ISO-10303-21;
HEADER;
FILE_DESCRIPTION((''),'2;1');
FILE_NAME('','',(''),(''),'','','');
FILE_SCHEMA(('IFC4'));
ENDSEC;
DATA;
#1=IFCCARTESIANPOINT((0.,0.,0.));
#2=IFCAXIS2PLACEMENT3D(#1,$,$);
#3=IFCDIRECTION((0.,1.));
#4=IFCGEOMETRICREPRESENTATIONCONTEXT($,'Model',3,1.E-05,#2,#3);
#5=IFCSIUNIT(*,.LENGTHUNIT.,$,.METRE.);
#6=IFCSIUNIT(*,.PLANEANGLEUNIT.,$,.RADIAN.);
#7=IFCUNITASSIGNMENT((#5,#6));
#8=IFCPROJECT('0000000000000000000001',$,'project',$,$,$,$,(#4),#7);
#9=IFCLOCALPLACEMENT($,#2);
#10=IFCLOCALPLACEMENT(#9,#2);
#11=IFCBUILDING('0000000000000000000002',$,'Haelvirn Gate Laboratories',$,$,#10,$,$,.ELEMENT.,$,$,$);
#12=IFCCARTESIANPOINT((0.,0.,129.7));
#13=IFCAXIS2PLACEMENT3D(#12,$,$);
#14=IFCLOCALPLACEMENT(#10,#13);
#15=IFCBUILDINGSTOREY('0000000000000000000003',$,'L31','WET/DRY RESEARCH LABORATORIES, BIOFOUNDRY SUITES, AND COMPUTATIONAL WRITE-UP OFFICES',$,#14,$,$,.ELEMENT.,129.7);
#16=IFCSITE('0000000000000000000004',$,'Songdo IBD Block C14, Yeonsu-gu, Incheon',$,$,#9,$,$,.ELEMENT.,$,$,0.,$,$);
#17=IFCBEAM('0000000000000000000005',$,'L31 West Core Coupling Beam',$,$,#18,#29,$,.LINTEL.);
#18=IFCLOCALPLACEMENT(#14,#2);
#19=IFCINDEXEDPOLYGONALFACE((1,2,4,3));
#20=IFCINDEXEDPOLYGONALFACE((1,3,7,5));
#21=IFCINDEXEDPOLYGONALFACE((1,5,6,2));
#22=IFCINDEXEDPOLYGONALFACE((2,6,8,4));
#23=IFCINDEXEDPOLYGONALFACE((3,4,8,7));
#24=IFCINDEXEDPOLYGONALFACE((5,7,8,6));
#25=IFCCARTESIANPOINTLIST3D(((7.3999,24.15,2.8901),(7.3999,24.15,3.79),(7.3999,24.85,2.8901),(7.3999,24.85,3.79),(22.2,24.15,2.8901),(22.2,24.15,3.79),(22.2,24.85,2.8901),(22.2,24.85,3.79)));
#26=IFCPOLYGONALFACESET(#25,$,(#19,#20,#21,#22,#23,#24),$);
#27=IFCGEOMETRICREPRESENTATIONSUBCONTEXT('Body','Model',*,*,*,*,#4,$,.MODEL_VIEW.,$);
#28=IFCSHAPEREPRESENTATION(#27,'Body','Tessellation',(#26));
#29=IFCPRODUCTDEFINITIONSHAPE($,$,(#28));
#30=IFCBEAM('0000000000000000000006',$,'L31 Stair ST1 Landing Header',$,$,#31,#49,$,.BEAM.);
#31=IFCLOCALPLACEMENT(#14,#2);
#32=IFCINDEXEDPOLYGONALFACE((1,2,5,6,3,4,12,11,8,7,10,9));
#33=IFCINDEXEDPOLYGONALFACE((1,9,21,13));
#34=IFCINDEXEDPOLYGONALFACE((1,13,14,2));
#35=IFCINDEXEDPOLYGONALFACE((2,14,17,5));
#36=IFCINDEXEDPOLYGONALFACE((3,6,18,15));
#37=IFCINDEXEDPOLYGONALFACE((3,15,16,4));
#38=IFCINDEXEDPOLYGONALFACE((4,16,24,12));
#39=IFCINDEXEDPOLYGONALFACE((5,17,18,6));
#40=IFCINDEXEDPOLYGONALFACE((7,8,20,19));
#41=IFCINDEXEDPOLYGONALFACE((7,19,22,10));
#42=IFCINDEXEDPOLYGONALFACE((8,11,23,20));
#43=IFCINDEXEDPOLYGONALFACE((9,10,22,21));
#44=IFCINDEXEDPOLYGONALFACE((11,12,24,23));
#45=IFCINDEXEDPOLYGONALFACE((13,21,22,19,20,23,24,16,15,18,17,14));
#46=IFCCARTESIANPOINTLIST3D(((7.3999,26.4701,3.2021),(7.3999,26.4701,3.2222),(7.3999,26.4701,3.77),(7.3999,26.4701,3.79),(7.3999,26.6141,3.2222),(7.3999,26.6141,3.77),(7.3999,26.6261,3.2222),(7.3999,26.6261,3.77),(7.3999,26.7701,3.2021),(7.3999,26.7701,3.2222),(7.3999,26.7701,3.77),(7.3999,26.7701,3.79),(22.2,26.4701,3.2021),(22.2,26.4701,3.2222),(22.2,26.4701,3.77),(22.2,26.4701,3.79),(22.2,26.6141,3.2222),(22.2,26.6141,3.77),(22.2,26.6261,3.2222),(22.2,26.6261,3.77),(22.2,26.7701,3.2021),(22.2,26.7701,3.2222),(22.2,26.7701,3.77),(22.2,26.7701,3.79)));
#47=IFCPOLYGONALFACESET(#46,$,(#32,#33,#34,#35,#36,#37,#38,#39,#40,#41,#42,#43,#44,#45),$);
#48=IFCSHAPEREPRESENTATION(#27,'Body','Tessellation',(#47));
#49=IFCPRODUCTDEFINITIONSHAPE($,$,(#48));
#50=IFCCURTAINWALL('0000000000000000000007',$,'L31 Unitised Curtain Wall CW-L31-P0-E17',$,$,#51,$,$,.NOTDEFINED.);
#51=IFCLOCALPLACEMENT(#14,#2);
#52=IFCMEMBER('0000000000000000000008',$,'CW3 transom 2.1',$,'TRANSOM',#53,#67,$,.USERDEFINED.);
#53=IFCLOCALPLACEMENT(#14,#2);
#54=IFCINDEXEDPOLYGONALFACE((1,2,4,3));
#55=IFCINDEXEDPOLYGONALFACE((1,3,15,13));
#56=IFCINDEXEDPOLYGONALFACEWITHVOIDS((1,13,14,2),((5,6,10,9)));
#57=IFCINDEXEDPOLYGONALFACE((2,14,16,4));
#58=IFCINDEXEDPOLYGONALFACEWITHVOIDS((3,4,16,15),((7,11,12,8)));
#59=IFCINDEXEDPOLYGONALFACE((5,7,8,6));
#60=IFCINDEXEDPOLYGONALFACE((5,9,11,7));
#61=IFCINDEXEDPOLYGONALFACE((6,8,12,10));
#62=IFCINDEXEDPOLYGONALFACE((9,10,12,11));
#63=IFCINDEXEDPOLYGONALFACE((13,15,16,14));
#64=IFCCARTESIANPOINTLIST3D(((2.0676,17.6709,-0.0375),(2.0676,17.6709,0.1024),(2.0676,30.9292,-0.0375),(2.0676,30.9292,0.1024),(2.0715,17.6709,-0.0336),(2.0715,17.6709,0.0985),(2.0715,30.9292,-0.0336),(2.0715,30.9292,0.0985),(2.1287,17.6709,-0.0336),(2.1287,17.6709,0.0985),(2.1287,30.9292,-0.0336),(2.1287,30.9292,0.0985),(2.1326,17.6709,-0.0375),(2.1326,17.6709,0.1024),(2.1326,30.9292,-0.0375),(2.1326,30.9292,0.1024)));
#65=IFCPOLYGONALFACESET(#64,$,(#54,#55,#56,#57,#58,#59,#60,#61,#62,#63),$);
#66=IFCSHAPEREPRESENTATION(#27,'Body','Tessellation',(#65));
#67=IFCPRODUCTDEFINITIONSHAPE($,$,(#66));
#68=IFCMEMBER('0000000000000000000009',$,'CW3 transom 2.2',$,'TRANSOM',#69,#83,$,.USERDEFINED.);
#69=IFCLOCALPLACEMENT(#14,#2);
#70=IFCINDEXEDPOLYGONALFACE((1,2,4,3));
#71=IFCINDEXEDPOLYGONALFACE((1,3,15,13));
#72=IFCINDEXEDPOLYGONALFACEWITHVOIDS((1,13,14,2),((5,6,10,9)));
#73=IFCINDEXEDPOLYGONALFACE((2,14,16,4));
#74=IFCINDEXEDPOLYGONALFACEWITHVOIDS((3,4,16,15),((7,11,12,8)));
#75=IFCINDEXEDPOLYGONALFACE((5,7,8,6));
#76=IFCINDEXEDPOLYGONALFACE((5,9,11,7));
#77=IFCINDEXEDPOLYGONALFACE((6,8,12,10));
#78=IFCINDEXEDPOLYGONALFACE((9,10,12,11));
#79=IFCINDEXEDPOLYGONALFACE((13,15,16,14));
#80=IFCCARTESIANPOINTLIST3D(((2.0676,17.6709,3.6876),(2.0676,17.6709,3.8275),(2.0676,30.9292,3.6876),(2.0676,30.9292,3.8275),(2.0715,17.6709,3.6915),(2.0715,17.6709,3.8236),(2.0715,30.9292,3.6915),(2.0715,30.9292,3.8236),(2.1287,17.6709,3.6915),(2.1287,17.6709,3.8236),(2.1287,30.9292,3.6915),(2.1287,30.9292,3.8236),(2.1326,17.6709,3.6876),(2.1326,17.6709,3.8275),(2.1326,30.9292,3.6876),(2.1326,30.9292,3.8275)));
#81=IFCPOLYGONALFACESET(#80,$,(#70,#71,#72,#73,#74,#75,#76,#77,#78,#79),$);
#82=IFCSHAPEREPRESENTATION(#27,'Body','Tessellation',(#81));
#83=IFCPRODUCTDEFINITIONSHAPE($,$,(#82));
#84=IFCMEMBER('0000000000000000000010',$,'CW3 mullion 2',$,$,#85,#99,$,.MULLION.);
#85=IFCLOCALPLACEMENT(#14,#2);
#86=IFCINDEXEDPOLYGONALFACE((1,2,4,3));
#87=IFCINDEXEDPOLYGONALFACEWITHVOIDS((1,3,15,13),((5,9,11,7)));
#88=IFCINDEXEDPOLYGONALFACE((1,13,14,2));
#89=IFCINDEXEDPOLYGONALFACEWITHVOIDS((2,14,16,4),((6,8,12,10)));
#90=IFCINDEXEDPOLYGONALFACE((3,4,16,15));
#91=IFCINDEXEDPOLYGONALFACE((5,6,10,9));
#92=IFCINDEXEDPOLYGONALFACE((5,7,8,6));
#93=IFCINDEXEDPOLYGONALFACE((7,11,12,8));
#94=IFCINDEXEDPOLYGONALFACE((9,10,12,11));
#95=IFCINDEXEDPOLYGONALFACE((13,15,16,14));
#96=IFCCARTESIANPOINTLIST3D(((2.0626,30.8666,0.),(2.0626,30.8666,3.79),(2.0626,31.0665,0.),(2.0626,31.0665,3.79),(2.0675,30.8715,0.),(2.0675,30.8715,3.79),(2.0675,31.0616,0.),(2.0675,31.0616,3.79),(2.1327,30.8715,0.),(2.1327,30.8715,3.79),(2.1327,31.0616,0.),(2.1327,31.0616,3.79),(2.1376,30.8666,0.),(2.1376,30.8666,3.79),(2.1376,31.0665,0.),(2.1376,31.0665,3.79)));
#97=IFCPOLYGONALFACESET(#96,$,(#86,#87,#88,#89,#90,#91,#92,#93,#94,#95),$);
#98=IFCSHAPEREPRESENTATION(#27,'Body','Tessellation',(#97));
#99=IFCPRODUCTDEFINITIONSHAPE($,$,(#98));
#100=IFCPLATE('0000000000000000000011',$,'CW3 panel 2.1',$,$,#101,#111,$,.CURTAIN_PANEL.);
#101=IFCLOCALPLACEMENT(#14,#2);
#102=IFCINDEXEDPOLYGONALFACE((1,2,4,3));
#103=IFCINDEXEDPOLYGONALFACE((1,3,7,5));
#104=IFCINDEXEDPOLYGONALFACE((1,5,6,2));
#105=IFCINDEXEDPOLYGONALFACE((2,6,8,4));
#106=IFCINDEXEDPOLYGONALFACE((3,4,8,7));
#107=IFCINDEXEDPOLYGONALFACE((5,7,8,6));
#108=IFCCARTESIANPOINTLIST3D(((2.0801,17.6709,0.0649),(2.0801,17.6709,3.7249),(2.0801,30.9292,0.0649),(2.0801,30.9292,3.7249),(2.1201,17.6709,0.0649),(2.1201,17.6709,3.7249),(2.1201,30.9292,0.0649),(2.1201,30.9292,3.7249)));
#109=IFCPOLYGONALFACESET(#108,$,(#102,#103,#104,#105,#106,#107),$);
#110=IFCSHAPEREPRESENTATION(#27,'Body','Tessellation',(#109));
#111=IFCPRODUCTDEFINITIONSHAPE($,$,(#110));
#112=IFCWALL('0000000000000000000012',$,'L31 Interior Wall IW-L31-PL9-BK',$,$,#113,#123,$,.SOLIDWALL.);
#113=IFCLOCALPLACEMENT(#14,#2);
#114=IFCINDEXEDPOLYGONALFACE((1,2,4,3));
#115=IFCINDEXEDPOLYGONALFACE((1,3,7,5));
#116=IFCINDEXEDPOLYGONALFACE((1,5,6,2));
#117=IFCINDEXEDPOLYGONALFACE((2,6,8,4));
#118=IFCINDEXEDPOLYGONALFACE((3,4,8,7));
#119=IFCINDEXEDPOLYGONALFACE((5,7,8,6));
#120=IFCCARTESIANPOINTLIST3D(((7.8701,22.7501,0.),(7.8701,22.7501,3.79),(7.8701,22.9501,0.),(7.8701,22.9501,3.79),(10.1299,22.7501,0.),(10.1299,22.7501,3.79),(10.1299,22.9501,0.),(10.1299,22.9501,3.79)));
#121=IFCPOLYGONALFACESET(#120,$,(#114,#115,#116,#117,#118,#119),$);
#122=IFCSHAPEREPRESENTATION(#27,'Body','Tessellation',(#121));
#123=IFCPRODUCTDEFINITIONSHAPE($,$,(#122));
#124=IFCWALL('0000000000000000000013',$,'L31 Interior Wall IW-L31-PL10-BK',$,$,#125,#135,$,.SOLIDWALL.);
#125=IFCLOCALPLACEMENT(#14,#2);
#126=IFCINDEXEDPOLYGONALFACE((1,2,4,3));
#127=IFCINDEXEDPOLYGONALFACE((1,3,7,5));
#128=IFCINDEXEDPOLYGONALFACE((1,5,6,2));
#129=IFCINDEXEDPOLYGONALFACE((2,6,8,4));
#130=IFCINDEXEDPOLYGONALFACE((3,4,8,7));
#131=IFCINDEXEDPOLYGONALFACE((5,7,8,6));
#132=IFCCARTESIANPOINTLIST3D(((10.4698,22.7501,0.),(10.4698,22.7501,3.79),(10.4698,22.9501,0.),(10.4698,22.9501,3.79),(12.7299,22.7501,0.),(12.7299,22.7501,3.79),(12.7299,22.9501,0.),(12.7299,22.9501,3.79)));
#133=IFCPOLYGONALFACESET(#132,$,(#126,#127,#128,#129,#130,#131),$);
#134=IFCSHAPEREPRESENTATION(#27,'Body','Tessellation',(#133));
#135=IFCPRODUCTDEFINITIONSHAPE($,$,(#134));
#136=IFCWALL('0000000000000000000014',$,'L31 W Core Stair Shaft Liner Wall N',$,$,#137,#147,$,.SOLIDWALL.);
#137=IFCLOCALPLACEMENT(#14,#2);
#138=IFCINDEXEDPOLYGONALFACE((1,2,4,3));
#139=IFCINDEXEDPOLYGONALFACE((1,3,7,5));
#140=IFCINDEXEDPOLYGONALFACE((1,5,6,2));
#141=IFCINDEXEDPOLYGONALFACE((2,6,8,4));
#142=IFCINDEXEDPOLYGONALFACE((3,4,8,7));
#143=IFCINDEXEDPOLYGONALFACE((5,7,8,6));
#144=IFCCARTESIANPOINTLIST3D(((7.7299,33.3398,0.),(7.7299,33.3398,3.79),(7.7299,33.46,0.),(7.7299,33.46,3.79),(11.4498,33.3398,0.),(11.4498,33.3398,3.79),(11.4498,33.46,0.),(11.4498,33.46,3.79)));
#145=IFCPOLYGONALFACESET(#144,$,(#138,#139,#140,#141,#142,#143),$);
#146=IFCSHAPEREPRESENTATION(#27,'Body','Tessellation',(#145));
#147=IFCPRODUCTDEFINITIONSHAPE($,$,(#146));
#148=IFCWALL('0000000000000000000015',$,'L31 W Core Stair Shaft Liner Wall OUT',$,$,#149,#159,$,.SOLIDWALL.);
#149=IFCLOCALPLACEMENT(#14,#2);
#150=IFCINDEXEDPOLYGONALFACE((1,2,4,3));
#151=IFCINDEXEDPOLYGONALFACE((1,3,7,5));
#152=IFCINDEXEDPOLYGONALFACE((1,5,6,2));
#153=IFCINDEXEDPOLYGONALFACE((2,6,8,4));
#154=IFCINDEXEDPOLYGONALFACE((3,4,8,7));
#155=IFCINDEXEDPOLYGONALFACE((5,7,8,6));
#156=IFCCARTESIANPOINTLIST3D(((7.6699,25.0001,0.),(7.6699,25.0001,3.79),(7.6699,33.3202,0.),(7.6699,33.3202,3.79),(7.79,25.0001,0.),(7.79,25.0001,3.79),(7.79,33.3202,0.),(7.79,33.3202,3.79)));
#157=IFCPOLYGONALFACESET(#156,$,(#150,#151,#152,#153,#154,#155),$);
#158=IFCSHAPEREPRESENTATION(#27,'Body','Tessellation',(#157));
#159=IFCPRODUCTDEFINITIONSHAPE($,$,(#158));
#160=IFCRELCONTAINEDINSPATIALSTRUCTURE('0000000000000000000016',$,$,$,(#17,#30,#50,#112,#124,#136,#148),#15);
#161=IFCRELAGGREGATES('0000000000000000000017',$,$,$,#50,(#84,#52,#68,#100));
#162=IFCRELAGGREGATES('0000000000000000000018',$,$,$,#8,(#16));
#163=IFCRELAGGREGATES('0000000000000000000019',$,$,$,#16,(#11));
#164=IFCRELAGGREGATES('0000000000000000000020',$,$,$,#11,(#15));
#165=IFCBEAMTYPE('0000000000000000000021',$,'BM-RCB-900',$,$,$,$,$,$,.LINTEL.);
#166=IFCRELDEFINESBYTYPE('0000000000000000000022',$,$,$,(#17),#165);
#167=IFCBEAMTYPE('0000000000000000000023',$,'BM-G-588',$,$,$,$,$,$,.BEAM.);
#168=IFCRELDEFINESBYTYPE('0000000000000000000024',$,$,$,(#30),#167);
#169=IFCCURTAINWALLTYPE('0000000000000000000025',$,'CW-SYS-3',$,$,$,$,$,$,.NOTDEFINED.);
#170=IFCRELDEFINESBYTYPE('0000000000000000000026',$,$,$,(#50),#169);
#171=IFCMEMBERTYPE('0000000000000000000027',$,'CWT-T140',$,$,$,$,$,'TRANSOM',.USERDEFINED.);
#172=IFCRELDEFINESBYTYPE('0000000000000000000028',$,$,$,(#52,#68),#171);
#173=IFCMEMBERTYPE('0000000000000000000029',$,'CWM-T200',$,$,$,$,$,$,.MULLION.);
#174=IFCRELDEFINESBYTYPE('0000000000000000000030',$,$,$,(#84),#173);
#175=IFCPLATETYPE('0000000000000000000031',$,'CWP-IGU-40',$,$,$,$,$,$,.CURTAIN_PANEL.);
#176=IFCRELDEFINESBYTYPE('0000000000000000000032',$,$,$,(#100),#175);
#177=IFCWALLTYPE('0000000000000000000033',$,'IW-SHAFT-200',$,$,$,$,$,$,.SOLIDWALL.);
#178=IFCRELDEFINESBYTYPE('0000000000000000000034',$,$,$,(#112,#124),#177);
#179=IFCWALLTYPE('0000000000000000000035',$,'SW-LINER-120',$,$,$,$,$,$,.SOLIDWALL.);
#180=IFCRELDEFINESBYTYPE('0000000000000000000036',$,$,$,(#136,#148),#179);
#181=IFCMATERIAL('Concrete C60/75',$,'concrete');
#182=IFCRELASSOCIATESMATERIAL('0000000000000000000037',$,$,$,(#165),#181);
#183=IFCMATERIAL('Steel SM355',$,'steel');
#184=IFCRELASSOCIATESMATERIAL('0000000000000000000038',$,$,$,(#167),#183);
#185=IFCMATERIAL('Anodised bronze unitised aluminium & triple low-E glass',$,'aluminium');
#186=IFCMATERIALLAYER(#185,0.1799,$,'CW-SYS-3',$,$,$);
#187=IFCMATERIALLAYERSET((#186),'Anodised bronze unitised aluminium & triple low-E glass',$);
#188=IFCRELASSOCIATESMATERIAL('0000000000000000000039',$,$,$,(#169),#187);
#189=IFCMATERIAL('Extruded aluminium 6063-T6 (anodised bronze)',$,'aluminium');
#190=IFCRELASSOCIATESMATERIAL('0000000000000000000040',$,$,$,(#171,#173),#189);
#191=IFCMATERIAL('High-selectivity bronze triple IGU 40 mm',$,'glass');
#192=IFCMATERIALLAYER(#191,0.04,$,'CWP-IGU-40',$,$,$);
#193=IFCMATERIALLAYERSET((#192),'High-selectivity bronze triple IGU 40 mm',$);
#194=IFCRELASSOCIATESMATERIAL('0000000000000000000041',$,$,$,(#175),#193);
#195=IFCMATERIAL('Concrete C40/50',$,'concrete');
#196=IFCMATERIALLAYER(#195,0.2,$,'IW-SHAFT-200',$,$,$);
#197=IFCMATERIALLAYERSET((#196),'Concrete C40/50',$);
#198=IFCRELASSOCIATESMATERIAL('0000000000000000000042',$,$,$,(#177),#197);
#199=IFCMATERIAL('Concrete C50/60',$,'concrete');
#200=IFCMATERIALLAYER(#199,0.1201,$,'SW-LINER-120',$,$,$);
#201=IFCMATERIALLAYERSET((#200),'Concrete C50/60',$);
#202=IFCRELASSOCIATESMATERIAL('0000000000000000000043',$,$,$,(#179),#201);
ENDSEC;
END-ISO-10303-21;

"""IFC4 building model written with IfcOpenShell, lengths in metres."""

from ifc_helpers import new_model, si_unit, direction, frame, frame_2d, origin, origin_2d, place, context, subcontext, project, spatial, rectangle, hollow_rectangle, i_section, extrude, source, transform, mapped, material, layer, layer_set, material_profile, profile_set, type_object, type_shapes, element, aggregate, save


model = new_model("IFC4")

# Units and contexts
model_context = context("Model", 3, precision=1e-05, world=origin(), true_north=direction((0.0, 1.0)))
body_context = subcontext(model_context, "Body", "Model", "MODEL_VIEW")
ifc_project = project(units=[si_unit("LENGTHUNIT", "METRE"), si_unit("PLANEANGLEUNIT", "RADIAN")], contexts=[model_context])

# Site, building, storey
site_placement = place(None, origin())
site = spatial("IfcSite", under=ifc_project, at=site_placement, Name="Songdo IBD Block C14, Yeonsu-gu, Incheon", CompositionType="ELEMENT", RefElevation=0.0)
building_placement = place(site_placement, origin())
building = spatial("IfcBuilding", under=site, at=building_placement, Name="Haelvirn Gate Laboratories", CompositionType="ELEMENT")
storey_placement = place(building_placement, frame((0.0, 0.0, 129.7)))
storey = spatial("IfcBuildingStorey", under=building, at=storey_placement, Name="L31", Description="WET/DRY RESEARCH LABORATORIES, BIOFOUNDRY SUITES, AND COMPUTATIONAL WRITE-UP OFFICES", CompositionType="ELEMENT", Elevation=129.7)

# Beams
ifc_material_1 = material(Name="Concrete C60/75", Category="concrete")
ifc_material_profile_1 = material_profile(ifc_material_1, rectangle(XDim=0.7, YDim=0.8999, at=origin_2d()), Name="RCB-700x900")
ifc_profile_set_1 = profile_set([ifc_material_profile_1], Name="Concrete C60/75")
beam_type_1 = type_object("IfcBeamType", Name="BM-RCB-900", PredefinedType="LINTEL", material=ifc_profile_set_1)
shared_shape_1 = source(origin(), body_context, "Body", "SweptSolid", [
    extrude(rectangle(XDim=0.7, YDim=0.8999, at=origin_2d()), origin(), (0.0, 0.0, 1.0), 14.8),
])
type_shapes(beam_type_1, [shared_shape_1])
beam_1_placement = place(storey_placement, frame((7.3999, 24.5, 3.3401), z_axis=(1.0, 0.0, 0.0), x_axis=(0.0, 1.0, 0.0)))
element("IfcBeam", 1, at=beam_1_placement, inside=storey, type_object=beam_type_1, Name="L31 West Core Coupling Beam", PredefinedType="LINTEL", context=body_context, shape_type="MappedRepresentation", body=[
    mapped(shared_shape_1, transform((0.0, 0.0, 0.0), scale=1.0)),
])
ifc_material_2 = material(Name="Steel SM355", Category="steel")
ifc_material_profile_2 = material_profile(ifc_material_2, i_section(OverallWidth=0.3, OverallDepth=0.5879, WebThickness=0.012, FlangeThickness=0.02, at=origin_2d()), Name="H-588x300x12x20")
ifc_profile_set_2 = profile_set([ifc_material_profile_2], Name="Steel SM355")
beam_type_2 = type_object("IfcBeamType", Name="BM-G-588", PredefinedType="BEAM", material=ifc_profile_set_2)
shared_shape_2 = source(origin(), body_context, "Body", "SweptSolid", [
    extrude(i_section(OverallWidth=0.3, OverallDepth=0.5879, WebThickness=0.012, FlangeThickness=0.02, at=origin_2d()), origin(), (0.0, 0.0, 1.0), 14.8),
])
type_shapes(beam_type_2, [shared_shape_2])
beam_2_placement = place(storey_placement, frame((7.3999, 26.6201, 3.4961), z_axis=(1.0, 0.0, 0.0), x_axis=(0.0, 1.0, 0.0)))
element("IfcBeam", 2, at=beam_2_placement, inside=storey, type_object=beam_type_2, Name="L31 Stair ST1 Landing Header", PredefinedType="BEAM", context=body_context, shape_type="MappedRepresentation", body=[
    mapped(shared_shape_2, transform((0.0, 0.0, 0.0), scale=1.0)),
])

# Curtain wall, members, plate
ifc_material_3 = material(Name="Anodised bronze unitised aluminium & triple low-E glass", Category="aluminium")
ifc_layer_1 = layer(ifc_material_3, 0.1799, Name="CW-SYS-3")
ifc_layer_set_1 = layer_set([ifc_layer_1], Name="Anodised bronze unitised aluminium & triple low-E glass")
curtain_wall_type = type_object("IfcCurtainWallType", Name="CW-SYS-3", PredefinedType="NOTDEFINED", material=ifc_layer_set_1)
curtain_wall_placement = place(storey_placement, origin())
curtain_wall = element("IfcCurtainWall", 3, at=curtain_wall_placement, inside=storey, type_object=curtain_wall_type, Name="L31 Unitised Curtain Wall CW-L31-P0-E17", PredefinedType="NOTDEFINED")
ifc_material_4 = material(Name="Extruded aluminium 6063-T6 (anodised bronze)", Category="aluminium")
ifc_material_profile_3 = material_profile(ifc_material_4, hollow_rectangle(XDim=0.0649, YDim=0.1399, WallThickness=0.0039, at=origin_2d()), Name="CWT-140x65x4")
ifc_profile_set_3 = profile_set([ifc_material_profile_3], Name="Extruded aluminium 6063-T6 (anodised bronze)")
member_type_1 = type_object("IfcMemberType", Name="CWT-T140", ElementType="TRANSOM", PredefinedType="USERDEFINED", material=ifc_profile_set_3)
shared_shape_3 = source(origin(), body_context, "Body", "SweptSolid", [
    extrude(hollow_rectangle(XDim=0.0649, YDim=0.1399, WallThickness=0.0039, at=origin_2d()), origin(), (0.0, 0.0, 1.0), 13.2583),
])
type_shapes(member_type_1, [shared_shape_3])
member_1_placement = place(storey_placement, frame((2.1001, 30.9292, 0.0325), z_axis=(0.0, -1.0, 0.0), x_axis=(1.0, 0.0, 0.0)))
member_1 = element("IfcMember", 4, at=member_1_placement, type_object=member_type_1, Name="CW3 transom 2.1", ObjectType="TRANSOM", PredefinedType="USERDEFINED", context=body_context, shape_type="MappedRepresentation", body=[
    mapped(shared_shape_3, transform((0.0, 0.0, 0.0), scale=1.0)),
])
member_2_placement = place(storey_placement, frame((2.1001, 30.9292, 3.7576), z_axis=(0.0, -1.0, 0.0), x_axis=(1.0, 0.0, 0.0)))
member_2 = element("IfcMember", 5, at=member_2_placement, type_object=member_type_1, Name="CW3 transom 2.2", ObjectType="TRANSOM", PredefinedType="USERDEFINED", context=body_context, shape_type="MappedRepresentation", body=[
    mapped(shared_shape_3, transform((0.0, 0.0, 0.0), scale=1.0)),
])
ifc_material_profile_4 = material_profile(ifc_material_4, hollow_rectangle(XDim=0.075, YDim=0.2, WallThickness=0.0049, at=origin_2d()), Name="CWM-200x75x5")
ifc_profile_set_4 = profile_set([ifc_material_profile_4], Name="Extruded aluminium 6063-T6 (anodised bronze)")
member_type_2 = type_object("IfcMemberType", Name="CWM-T200", PredefinedType="MULLION", material=ifc_profile_set_4)
shared_shape_4 = source(origin(), body_context, "Body", "SweptSolid", [
    extrude(hollow_rectangle(XDim=0.075, YDim=0.2, WallThickness=0.0049, at=origin_2d()), origin(), (0.0, 0.0, 1.0), 3.79),
])
type_shapes(member_type_2, [shared_shape_4])
member_3_placement = place(storey_placement, frame((2.1001, 30.9666, 0.0), z_axis=(0.0, 0.0, 1.0), x_axis=(1.0, 0.0, 0.0)))
member_3 = element("IfcMember", 6, at=member_3_placement, type_object=member_type_2, Name="CW3 mullion 2", PredefinedType="MULLION", context=body_context, shape_type="MappedRepresentation", body=[
    mapped(shared_shape_4, transform((0.0, 0.0, 0.0), scale=1.0)),
])
ifc_material_5 = material(Name="High-selectivity bronze triple IGU 40 mm", Category="glass")
ifc_layer_2 = layer(ifc_material_5, 0.04, Name="CWP-IGU-40")
ifc_layer_set_2 = layer_set([ifc_layer_2], Name="High-selectivity bronze triple IGU 40 mm")
plate_type = type_object("IfcPlateType", Name="CWP-IGU-40", PredefinedType="CURTAIN_PANEL", material=ifc_layer_set_2)
shared_shape_5 = source(origin(), body_context, "Body", "SweptSolid", [
    extrude(rectangle(XDim=13.2583, YDim=0.04, at=origin_2d()), origin(), (0.0, 0.0, 1.0), 3.6599),
])
type_shapes(plate_type, [shared_shape_5])
plate_placement = place(storey_placement, frame((2.1001, 24.3, 0.0649), z_axis=(0.0, 0.0, 1.0), x_axis=(0.0, -1.0, 0.0)))
plate = element("IfcPlate", 7, at=plate_placement, type_object=plate_type, Name="CW3 panel 2.1", PredefinedType="CURTAIN_PANEL", context=body_context, shape_type="MappedRepresentation", body=[
    mapped(shared_shape_5, transform((0.0, 0.0, 0.0), scale=1.0)),
])
aggregate(curtain_wall, [member_3, member_1, member_2, plate])

# Walls
ifc_material_6 = material(Name="Concrete C40/50", Category="concrete")
ifc_layer_3 = layer(ifc_material_6, 0.2, Name="IW-SHAFT-200")
ifc_layer_set_3 = layer_set([ifc_layer_3], Name="Concrete C40/50")
wall_type_1 = type_object("IfcWallType", Name="IW-SHAFT-200", PredefinedType="SOLIDWALL", material=ifc_layer_set_3)
wall_1_placement = place(storey_placement, frame((7.8701, 22.8501, 0.0), z_axis=(0.0, 0.0, 1.0), x_axis=(1.0, 0.0, 0.0)))
element("IfcWall", 8, at=wall_1_placement, inside=storey, type_object=wall_type_1, Name="L31 Interior Wall IW-L31-PL9-BK", PredefinedType="SOLIDWALL", context=body_context, shape_type="SweptSolid", body=[
    extrude(rectangle(XDim=2.2598, YDim=0.2, at=frame_2d((1.1299, 0.0))), origin(), (0.0, 0.0, 1.0), 3.79),
])
wall_2_placement = place(storey_placement, frame((10.47, 22.8501, 0.0), z_axis=(0.0, 0.0, 1.0), x_axis=(1.0, 0.0, 0.0)))
element("IfcWall", 9, at=wall_2_placement, inside=storey, type_object=wall_type_1, Name="L31 Interior Wall IW-L31-PL10-BK", PredefinedType="SOLIDWALL", context=body_context, shape_type="SweptSolid", body=[
    extrude(rectangle(XDim=2.26, YDim=0.2, at=frame_2d((1.1299, 0.0))), origin(), (0.0, 0.0, 1.0), 3.79),
])

# Walls
ifc_material_7 = material(Name="Concrete C50/60", Category="concrete")
ifc_layer_4 = layer(ifc_material_7, 0.1201, Name="SW-LINER-120")
ifc_layer_set_4 = layer_set([ifc_layer_4], Name="Concrete C50/60")
wall_type_2 = type_object("IfcWallType", Name="SW-LINER-120", PredefinedType="SOLIDWALL", material=ifc_layer_set_4)
wall_3_placement = place(storey_placement, frame((7.73, 33.3999, 0.0), z_axis=(0.0, 0.0, 1.0), x_axis=(1.0, 0.0, 0.0)))
element("IfcWall", 10, at=wall_3_placement, inside=storey, type_object=wall_type_2, Name="L31 W Core Stair Shaft Liner Wall N", PredefinedType="SOLIDWALL", context=body_context, shape_type="SweptSolid", body=[
    extrude(rectangle(XDim=3.72, YDim=0.1201, at=frame_2d((1.8599, 0.0))), origin(), (0.0, 0.0, 1.0), 3.79),
])
wall_4_placement = place(storey_placement, frame((7.73, 25.0, 0.0), z_axis=(0.0, 0.0, 1.0), x_axis=(0.0, 1.0, 0.0)))
element("IfcWall", 11, at=wall_4_placement, inside=storey, type_object=wall_type_2, Name="L31 W Core Stair Shaft Liner Wall OUT", PredefinedType="SOLIDWALL", context=body_context, shape_type="SweptSolid", body=[
    extrude(rectangle(XDim=8.3201, YDim=0.1201, at=frame_2d((4.1602, 0.0))), origin(), (0.0, 0.0, 1.0), 3.79),
])

save(model, "model.ifc")
